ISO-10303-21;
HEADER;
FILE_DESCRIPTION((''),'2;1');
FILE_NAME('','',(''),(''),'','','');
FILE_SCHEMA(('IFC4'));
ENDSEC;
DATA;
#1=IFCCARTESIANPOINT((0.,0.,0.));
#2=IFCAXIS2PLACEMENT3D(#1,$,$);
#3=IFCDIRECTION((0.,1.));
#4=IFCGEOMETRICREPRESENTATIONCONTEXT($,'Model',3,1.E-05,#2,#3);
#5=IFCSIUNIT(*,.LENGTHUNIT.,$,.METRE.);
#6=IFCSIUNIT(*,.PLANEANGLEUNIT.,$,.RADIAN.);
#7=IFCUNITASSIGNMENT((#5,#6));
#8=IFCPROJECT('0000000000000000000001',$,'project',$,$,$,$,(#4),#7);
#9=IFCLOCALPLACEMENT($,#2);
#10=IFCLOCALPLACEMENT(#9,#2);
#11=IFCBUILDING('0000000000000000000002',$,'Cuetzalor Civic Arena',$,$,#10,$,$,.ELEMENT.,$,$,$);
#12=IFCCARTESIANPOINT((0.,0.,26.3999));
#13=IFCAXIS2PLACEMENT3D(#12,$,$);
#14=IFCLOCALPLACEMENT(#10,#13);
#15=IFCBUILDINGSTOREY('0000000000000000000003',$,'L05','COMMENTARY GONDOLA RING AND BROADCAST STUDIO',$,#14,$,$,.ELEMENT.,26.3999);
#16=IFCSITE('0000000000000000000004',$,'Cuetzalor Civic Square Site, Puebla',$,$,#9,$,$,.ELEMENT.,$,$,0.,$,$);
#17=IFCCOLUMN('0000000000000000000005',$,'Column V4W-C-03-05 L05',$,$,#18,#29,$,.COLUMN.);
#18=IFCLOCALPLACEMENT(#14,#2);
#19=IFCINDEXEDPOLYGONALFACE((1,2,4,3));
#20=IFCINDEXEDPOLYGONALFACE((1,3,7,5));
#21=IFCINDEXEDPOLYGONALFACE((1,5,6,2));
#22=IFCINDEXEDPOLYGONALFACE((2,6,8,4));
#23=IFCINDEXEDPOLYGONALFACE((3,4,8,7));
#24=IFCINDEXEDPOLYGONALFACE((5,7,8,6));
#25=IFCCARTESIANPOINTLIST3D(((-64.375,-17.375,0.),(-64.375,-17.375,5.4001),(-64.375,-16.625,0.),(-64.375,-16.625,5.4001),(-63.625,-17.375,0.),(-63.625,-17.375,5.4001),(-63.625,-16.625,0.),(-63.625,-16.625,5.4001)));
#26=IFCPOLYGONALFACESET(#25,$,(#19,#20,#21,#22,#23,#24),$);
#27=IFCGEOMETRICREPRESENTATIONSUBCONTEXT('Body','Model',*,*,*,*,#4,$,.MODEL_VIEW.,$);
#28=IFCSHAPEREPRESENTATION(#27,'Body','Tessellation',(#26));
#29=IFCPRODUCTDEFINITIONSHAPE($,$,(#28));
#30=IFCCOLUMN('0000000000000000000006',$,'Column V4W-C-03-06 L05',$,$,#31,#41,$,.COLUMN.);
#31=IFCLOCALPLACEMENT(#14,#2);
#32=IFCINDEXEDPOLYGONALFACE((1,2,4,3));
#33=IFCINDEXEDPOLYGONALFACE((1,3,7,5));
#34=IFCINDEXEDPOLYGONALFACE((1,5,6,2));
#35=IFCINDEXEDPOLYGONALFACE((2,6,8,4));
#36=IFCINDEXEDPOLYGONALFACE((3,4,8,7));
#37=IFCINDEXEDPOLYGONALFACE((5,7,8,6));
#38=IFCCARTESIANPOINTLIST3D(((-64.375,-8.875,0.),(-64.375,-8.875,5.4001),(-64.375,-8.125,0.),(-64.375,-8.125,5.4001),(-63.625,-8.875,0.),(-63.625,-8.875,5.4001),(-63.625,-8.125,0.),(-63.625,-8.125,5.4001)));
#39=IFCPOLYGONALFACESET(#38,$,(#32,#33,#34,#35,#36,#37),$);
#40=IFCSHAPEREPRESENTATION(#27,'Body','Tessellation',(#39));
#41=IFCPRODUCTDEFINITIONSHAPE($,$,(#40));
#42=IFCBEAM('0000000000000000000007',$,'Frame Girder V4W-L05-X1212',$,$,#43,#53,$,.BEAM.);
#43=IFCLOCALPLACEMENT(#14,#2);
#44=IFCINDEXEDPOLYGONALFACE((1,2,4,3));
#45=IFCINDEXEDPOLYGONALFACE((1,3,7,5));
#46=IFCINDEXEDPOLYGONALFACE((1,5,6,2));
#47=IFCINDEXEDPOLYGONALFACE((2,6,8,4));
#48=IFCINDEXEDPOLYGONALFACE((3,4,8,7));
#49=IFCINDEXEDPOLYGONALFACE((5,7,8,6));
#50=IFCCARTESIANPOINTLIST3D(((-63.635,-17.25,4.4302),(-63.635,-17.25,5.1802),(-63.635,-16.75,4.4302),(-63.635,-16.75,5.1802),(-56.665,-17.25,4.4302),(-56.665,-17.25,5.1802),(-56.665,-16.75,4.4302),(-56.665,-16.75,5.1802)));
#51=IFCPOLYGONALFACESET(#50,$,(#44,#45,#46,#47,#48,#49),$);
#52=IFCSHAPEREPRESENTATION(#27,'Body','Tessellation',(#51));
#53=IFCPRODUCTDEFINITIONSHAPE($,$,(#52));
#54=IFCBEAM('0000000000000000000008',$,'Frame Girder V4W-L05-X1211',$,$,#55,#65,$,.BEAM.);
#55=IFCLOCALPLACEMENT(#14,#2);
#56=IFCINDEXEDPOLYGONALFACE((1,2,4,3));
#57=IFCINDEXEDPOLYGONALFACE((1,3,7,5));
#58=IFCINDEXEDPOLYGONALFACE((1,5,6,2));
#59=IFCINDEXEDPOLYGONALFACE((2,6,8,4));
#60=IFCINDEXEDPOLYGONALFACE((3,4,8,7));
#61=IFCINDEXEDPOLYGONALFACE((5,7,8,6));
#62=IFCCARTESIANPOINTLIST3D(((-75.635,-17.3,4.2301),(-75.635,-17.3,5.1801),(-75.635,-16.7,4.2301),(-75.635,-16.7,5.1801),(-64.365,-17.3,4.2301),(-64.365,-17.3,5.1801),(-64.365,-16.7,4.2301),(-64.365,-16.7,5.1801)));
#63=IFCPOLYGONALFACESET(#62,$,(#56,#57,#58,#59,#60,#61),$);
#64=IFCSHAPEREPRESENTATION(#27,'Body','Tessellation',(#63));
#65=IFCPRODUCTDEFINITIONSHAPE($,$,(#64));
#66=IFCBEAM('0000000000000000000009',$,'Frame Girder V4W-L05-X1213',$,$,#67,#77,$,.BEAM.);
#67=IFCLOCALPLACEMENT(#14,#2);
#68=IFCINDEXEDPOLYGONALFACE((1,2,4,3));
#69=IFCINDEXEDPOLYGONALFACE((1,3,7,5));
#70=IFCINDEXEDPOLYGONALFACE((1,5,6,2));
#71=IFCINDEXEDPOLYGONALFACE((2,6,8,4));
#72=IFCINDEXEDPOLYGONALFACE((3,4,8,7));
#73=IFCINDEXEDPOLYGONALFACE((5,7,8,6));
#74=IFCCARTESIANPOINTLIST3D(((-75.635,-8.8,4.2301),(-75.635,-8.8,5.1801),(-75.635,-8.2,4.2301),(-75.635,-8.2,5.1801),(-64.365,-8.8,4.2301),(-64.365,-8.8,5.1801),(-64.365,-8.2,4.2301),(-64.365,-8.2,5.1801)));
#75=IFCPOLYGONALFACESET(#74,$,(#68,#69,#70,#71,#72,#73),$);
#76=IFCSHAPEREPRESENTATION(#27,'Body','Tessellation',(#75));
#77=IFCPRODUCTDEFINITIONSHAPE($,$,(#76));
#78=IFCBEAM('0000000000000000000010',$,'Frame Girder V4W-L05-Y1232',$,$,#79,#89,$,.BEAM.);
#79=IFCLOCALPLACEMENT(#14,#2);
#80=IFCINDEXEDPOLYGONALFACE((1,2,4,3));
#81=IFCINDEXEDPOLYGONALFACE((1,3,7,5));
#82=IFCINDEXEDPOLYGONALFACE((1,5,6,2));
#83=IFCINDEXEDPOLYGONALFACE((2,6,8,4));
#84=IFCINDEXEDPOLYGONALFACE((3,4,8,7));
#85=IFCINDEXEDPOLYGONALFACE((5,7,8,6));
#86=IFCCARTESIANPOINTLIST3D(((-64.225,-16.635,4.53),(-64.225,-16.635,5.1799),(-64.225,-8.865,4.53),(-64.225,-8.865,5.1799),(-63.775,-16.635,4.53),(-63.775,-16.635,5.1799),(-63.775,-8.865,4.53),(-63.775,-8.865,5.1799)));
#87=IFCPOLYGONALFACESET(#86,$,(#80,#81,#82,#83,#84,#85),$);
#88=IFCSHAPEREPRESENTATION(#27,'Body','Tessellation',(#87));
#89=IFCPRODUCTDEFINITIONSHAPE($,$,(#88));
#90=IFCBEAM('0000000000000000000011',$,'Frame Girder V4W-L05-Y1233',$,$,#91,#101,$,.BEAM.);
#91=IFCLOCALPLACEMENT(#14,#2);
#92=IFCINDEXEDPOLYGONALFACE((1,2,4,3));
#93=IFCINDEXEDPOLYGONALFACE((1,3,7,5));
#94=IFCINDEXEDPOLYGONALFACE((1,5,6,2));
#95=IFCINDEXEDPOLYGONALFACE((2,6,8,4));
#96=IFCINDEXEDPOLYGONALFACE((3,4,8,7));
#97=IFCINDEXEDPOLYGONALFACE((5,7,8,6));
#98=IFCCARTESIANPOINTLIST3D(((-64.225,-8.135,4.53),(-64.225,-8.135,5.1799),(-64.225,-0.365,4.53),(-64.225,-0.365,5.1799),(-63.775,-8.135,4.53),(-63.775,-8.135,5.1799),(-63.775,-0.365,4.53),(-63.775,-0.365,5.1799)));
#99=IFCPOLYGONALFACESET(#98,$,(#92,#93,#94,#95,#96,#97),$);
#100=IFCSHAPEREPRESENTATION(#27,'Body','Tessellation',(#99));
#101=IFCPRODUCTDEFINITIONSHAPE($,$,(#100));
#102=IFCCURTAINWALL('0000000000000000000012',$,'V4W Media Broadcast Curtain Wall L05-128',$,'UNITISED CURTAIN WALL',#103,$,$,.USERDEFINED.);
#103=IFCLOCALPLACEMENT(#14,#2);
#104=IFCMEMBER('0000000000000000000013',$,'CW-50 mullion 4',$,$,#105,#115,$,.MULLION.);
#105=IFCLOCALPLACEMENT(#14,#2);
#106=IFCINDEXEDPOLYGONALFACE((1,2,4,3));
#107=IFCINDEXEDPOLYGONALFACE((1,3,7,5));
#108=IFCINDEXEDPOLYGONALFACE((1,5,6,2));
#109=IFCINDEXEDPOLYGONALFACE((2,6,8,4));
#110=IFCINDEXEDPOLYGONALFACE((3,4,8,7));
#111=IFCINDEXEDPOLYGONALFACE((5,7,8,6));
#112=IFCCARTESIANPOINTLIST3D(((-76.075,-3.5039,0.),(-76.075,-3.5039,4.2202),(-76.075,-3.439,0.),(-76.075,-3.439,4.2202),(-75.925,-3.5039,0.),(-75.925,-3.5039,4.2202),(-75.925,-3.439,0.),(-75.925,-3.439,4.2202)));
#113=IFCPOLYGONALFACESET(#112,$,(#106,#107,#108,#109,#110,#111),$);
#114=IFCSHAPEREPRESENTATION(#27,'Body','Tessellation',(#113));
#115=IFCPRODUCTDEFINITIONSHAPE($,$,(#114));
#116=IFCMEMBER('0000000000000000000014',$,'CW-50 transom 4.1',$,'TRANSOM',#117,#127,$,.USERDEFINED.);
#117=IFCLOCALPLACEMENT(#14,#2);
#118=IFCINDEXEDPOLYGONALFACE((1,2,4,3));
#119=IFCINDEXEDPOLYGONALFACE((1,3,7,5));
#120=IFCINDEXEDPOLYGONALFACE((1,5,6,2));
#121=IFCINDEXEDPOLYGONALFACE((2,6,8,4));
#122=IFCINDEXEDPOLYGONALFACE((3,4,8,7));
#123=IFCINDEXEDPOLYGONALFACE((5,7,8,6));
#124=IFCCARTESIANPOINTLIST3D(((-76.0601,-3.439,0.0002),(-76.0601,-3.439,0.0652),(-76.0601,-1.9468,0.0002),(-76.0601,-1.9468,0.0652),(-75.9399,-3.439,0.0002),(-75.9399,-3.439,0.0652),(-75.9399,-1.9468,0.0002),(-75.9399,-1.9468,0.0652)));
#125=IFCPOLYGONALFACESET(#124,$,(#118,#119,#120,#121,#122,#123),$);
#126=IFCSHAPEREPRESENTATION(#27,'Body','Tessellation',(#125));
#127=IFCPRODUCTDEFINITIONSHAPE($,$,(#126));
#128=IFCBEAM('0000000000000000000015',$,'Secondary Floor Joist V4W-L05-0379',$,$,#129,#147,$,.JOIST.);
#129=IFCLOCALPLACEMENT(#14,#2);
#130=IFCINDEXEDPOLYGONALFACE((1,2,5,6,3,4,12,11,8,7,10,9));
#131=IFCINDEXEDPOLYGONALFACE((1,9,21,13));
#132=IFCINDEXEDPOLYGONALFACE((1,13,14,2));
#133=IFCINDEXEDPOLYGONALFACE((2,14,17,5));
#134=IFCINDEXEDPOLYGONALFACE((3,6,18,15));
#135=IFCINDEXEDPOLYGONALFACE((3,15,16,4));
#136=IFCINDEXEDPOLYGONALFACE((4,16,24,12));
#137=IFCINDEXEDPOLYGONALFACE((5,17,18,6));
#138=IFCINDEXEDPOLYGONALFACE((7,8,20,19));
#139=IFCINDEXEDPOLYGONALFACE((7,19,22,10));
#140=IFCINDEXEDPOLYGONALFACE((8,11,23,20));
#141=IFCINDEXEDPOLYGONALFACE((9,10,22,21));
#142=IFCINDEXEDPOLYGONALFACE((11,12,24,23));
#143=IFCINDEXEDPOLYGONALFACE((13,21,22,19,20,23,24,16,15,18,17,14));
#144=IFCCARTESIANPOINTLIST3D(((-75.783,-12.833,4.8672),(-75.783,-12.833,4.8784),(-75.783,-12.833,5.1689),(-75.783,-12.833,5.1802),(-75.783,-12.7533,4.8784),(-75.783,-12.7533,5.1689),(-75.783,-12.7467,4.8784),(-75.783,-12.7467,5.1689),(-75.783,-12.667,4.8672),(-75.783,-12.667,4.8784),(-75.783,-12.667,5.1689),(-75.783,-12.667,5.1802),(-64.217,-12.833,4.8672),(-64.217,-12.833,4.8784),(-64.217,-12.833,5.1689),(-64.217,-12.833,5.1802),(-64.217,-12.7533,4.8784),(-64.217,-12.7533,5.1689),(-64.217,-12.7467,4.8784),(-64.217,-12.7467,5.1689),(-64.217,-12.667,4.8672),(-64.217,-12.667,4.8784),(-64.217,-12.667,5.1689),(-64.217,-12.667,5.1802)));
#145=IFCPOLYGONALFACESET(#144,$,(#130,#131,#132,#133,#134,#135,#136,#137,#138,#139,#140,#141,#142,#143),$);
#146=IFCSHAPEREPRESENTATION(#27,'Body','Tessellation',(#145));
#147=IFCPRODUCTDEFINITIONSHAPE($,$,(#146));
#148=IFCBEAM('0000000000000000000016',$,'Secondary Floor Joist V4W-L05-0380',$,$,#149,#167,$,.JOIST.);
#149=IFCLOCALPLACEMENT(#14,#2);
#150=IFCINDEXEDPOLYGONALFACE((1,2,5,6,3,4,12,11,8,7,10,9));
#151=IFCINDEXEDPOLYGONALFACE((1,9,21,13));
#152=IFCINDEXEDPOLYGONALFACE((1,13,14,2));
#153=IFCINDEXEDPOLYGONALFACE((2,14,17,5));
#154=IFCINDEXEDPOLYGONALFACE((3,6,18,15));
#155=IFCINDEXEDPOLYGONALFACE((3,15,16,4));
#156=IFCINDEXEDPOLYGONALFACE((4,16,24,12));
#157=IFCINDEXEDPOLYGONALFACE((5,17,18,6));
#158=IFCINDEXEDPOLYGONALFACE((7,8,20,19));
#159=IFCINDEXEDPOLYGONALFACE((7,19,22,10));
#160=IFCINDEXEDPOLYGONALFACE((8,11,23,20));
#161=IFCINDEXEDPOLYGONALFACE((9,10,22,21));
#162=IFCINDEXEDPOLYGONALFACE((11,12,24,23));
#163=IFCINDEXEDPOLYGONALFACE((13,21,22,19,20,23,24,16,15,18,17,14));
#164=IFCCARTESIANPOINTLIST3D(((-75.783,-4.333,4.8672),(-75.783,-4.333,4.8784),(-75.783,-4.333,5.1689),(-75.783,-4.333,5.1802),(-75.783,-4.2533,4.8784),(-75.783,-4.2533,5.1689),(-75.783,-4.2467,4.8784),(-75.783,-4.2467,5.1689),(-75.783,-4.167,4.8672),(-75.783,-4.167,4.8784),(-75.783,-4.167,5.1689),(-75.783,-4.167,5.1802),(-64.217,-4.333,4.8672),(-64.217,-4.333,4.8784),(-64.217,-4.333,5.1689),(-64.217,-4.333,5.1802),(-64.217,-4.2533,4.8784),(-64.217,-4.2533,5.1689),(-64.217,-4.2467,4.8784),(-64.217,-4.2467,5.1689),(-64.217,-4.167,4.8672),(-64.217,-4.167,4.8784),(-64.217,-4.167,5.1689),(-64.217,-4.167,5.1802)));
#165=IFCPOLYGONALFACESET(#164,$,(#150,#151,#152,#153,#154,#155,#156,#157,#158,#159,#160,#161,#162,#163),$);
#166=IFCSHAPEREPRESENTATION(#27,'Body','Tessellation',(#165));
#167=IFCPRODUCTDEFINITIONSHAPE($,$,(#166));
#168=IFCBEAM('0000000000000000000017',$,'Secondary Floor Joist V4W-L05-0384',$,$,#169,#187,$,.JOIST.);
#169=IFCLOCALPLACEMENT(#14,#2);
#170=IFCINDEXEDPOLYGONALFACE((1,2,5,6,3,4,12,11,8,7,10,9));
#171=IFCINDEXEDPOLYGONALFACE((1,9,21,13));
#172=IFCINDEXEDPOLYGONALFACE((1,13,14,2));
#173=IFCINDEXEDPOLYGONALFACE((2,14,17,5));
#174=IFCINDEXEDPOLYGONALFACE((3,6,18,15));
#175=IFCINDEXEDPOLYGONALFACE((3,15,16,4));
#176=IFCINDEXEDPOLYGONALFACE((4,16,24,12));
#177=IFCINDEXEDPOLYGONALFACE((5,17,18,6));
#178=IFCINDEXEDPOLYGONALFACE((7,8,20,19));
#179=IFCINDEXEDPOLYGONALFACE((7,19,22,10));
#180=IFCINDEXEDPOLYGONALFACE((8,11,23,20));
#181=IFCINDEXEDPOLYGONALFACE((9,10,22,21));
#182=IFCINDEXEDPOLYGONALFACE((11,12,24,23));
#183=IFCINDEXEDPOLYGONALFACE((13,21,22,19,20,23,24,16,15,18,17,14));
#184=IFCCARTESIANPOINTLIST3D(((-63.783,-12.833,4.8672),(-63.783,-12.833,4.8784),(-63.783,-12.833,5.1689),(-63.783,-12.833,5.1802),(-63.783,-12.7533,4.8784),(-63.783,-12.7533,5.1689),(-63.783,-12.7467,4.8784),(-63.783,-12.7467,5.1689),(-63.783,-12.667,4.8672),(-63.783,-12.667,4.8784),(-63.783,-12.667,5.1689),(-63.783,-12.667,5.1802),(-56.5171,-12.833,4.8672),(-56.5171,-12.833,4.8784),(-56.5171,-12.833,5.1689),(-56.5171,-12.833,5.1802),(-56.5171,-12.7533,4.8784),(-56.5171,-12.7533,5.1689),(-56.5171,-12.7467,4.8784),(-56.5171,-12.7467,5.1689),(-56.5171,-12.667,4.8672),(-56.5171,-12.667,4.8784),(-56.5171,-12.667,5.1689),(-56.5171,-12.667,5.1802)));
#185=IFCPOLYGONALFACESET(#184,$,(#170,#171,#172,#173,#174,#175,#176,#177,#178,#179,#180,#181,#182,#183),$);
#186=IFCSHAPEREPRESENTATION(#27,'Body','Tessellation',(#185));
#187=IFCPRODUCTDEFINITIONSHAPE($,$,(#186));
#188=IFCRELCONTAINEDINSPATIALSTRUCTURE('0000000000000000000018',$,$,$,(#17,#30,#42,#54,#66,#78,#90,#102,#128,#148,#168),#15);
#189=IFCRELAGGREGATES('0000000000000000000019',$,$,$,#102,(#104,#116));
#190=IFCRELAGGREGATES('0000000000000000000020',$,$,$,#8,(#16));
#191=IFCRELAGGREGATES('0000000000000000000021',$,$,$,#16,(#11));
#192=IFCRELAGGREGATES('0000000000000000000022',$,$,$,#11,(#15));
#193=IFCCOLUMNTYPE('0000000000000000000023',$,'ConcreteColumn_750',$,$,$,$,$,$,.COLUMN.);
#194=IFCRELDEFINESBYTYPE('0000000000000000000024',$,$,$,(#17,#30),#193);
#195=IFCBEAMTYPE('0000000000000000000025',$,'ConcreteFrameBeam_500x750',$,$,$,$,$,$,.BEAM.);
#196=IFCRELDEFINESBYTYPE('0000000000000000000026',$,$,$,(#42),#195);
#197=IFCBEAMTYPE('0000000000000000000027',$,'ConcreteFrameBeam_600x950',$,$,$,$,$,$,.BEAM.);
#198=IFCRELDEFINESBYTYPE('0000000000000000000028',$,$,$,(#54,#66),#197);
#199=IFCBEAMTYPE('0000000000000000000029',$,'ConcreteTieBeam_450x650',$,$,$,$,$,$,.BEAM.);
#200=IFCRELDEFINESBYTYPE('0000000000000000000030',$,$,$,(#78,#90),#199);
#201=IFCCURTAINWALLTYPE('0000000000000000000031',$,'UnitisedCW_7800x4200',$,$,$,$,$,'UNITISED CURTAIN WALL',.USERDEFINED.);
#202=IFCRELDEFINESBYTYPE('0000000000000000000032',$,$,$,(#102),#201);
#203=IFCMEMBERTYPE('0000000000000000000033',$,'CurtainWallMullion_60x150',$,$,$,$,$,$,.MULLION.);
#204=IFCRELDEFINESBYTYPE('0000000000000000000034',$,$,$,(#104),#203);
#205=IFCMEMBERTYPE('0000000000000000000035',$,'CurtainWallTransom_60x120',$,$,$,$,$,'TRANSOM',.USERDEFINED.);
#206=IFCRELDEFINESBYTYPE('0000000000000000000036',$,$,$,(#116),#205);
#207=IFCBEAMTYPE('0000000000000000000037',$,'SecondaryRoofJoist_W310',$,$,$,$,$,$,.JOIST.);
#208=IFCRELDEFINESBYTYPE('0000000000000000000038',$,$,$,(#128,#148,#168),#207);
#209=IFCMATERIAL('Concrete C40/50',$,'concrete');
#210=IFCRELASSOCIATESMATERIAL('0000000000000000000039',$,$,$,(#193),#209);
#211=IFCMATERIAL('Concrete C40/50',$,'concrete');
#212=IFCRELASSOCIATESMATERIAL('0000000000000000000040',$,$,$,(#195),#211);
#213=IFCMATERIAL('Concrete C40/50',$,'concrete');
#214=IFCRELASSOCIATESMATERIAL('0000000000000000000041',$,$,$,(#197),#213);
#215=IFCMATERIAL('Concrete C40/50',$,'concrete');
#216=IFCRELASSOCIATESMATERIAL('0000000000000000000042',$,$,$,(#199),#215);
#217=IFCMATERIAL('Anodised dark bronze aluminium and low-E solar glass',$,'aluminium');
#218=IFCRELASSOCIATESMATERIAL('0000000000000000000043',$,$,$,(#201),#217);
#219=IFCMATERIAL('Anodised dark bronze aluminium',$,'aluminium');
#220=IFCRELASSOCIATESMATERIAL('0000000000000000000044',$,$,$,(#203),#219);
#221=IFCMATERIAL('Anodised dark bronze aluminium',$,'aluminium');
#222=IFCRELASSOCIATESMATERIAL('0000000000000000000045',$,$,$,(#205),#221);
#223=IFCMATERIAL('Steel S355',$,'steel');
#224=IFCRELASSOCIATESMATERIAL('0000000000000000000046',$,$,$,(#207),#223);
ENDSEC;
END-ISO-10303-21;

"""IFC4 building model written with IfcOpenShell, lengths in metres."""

from ifc_helpers import new_model, si_unit, direction, frame, origin, origin_2d, place, context, subcontext, project, spatial, rectangle, i_section, extrude, material, material_profile, profile_set, type_object, element, aggregate, save


model = new_model("IFC4")

# Units and contexts
model_context = context("Model", 3, precision=1e-05, world=origin(), true_north=direction((0.0, 1.0)))
body_context = subcontext(model_context, "Body", "Model", "MODEL_VIEW")
ifc_project = project(units=[si_unit("LENGTHUNIT", "METRE"), si_unit("PLANEANGLEUNIT", "RADIAN")], contexts=[model_context])

# Site, building, storey
site_placement = place(None, origin())
site = spatial("IfcSite", under=ifc_project, at=site_placement, Name="Cuetzalor Civic Square Site, Puebla", CompositionType="ELEMENT", RefElevation=0.0)
building_placement = place(site_placement, origin())
building = spatial("IfcBuilding", under=site, at=building_placement, Name="Cuetzalor Civic Arena", CompositionType="ELEMENT")
storey_placement = place(building_placement, frame((0.0, 0.0, 26.3999)))
storey = spatial("IfcBuildingStorey", under=building, at=storey_placement, Name="L05", Description="COMMENTARY GONDOLA RING AND BROADCAST STUDIO", CompositionType="ELEMENT", Elevation=26.3999)

# Columns
ifc_material_1 = material(Name="Concrete C40/50", Category="concrete")
ifc_material_profile_1 = material_profile(ifc_material_1, rectangle(XDim=0.75, YDim=0.75, at=origin_2d()), Name="RC 750x750")
ifc_profile_set_1 = profile_set([ifc_material_profile_1], Name="Concrete C40/50")
column_type = type_object("IfcColumnType", Name="ConcreteColumn_750", PredefinedType="COLUMN", material=ifc_profile_set_1)
for number, where, z_axis, x_axis, name in (
    (1, (-64.0, -17.0, 0.0), (0.0, 0.0, 1.0), (1.0, 0.0, 0.0), "Column V4W-C-03-05 L05"),
    (2, (-64.0, -8.5, 0.0), (0.0, 0.0, 1.0), (1.0, 0.0, 0.0), "Column V4W-C-03-06 L05"),
):
    element("IfcColumn", number, at=place(storey_placement, frame(where, z_axis=z_axis, x_axis=x_axis)), inside=storey, type_object=column_type, Name=name, PredefinedType="COLUMN", context=body_context, shape_type="SweptSolid", body=[
        extrude(rectangle(XDim=0.75, YDim=0.75, at=origin_2d()), origin(), (0.0, 0.0, 1.0), 5.4001),
    ])

# Beams
ifc_material_2 = material(Name="Concrete C40/50", Category="concrete")
ifc_material_profile_2 = material_profile(ifc_material_2, rectangle(XDim=0.5, YDim=0.75, at=origin_2d()), Name="RC 500x750")
ifc_profile_set_2 = profile_set([ifc_material_profile_2], Name="Concrete C40/50")
beam_type_1 = type_object("IfcBeamType", Name="ConcreteFrameBeam_500x750", PredefinedType="BEAM", material=ifc_profile_set_2)
beam_placement = place(storey_placement, frame((-63.635, -17.0, 4.8052), z_axis=(1.0, 0.0, 0.0), x_axis=(0.0, 1.0, 0.0)))
element("IfcBeam", 3, at=beam_placement, inside=storey, type_object=beam_type_1, Name="Frame Girder V4W-L05-X1212", PredefinedType="BEAM", context=body_context, shape_type="SweptSolid", body=[
    extrude(rectangle(XDim=0.5, YDim=0.75, at=origin_2d()), origin(), (0.0, 0.0, 1.0), 6.97),
])
ifc_material_3 = material(Name="Concrete C40/50", Category="concrete")
ifc_material_profile_3 = material_profile(ifc_material_3, rectangle(XDim=0.6001, YDim=0.95, at=origin_2d()), Name="RC 600x950")
ifc_profile_set_3 = profile_set([ifc_material_profile_3], Name="Concrete C40/50")
beam_type_2 = type_object("IfcBeamType", Name="ConcreteFrameBeam_600x950", PredefinedType="BEAM", material=ifc_profile_set_3)
for number, where, z_axis, x_axis, name in (
    (4, (-75.635, -17.0, 4.7051), (1.0, 0.0, 0.0), (0.0, 1.0, 0.0), "Frame Girder V4W-L05-X1211"),
    (5, (-75.635, -8.5, 4.7051), (1.0, 0.0, 0.0), (0.0, 1.0, 0.0), "Frame Girder V4W-L05-X1213"),
):
    element("IfcBeam", number, at=place(storey_placement, frame(where, z_axis=z_axis, x_axis=x_axis)), inside=storey, type_object=beam_type_2, Name=name, PredefinedType="BEAM", context=body_context, shape_type="SweptSolid", body=[
        extrude(rectangle(XDim=0.6001, YDim=0.95, at=origin_2d()), origin(), (0.0, 0.0, 1.0), 11.27),
    ])
ifc_material_4 = material(Name="Concrete C40/50", Category="concrete")
ifc_material_profile_4 = material_profile(ifc_material_4, rectangle(XDim=0.45, YDim=0.6499, at=origin_2d()), Name="RC 450x650")
ifc_profile_set_4 = profile_set([ifc_material_profile_4], Name="Concrete C40/50")
beam_type_3 = type_object("IfcBeamType", Name="ConcreteTieBeam_450x650", PredefinedType="BEAM", material=ifc_profile_set_4)
for number, where, z_axis, x_axis, name in (
    (6, (-64.0, -16.635, 4.855), (0.0, 1.0, 0.0), (-1.0, 0.0, 0.0), "Frame Girder V4W-L05-Y1232"),
    (7, (-64.0, -8.135, 4.855), (0.0, 1.0, 0.0), (-1.0, 0.0, 0.0), "Frame Girder V4W-L05-Y1233"),
):
    element("IfcBeam", number, at=place(storey_placement, frame(where, z_axis=z_axis, x_axis=x_axis)), inside=storey, type_object=beam_type_3, Name=name, PredefinedType="BEAM", context=body_context, shape_type="SweptSolid", body=[
        extrude(rectangle(XDim=0.45, YDim=0.6499, at=origin_2d()), origin(), (0.0, 0.0, 1.0), 7.77),
    ])

# Curtain wall, members
ifc_material_5 = material(Name="Anodised dark bronze aluminium and low-E solar glass", Category="aluminium")
curtain_wall_type = type_object("IfcCurtainWallType", Name="UnitisedCW_7800x4200", ElementType="UNITISED CURTAIN WALL", PredefinedType="USERDEFINED", material=ifc_material_5)
curtain_wall_placement = place(storey_placement, origin())
curtain_wall = element("IfcCurtainWall", 8, at=curtain_wall_placement, inside=storey, type_object=curtain_wall_type, Name="V4W Media Broadcast Curtain Wall L05-128", ObjectType="UNITISED CURTAIN WALL", PredefinedType="USERDEFINED")
ifc_material_6 = material(Name="Anodised dark bronze aluminium", Category="aluminium")
ifc_material_profile_5 = material_profile(ifc_material_6, rectangle(XDim=0.0649, YDim=0.1499, at=origin_2d()), Name="ALU MULLION 65x150")
ifc_profile_set_5 = profile_set([ifc_material_profile_5], Name="Anodised dark bronze aluminium")
member_type_1 = type_object("IfcMemberType", Name="CurtainWallMullion_60x150", PredefinedType="MULLION", material=ifc_profile_set_5)
member_1_placement = place(storey_placement, frame((-76.0, -3.4714, 0.0), z_axis=(0.0, 0.0, 1.0), x_axis=(0.0, 1.0, 0.0)))
member_1 = element("IfcMember", 9, at=member_1_placement, type_object=member_type_1, Name="CW-50 mullion 4", PredefinedType="MULLION", context=body_context, shape_type="SweptSolid", body=[
    extrude(rectangle(XDim=0.0649, YDim=0.1499, at=origin_2d()), origin(), (0.0, 0.0, 1.0), 4.2202),
])
ifc_material_7 = material(Name="Anodised dark bronze aluminium", Category="aluminium")
ifc_material_profile_6 = material_profile(ifc_material_7, rectangle(XDim=0.1201, YDim=0.0649, at=origin_2d()), Name="ALU TRANSOM 65x120")
ifc_profile_set_6 = profile_set([ifc_material_profile_6], Name="Anodised dark bronze aluminium")
member_type_2 = type_object("IfcMemberType", Name="CurtainWallTransom_60x120", ElementType="TRANSOM", PredefinedType="USERDEFINED", material=ifc_profile_set_6)
member_2_placement = place(storey_placement, frame((-76.0, -3.439, 0.0327), z_axis=(0.0, 1.0, 0.0), x_axis=(-1.0, 0.0, 0.0)))
member_2 = element("IfcMember", 10, at=member_2_placement, type_object=member_type_2, Name="CW-50 transom 4.1", ObjectType="TRANSOM", PredefinedType="USERDEFINED", context=body_context, shape_type="SweptSolid", body=[
    extrude(rectangle(XDim=0.1201, YDim=0.0649, at=origin_2d()), origin(), (0.0, 0.0, 1.0), 1.4922),
])
aggregate(curtain_wall, [member_1, member_2])

# Beams
ifc_material_8 = material(Name="Steel S355", Category="steel")
ifc_material_profile_7 = material_profile(ifc_material_8, i_section(OverallWidth=0.166, OverallDepth=0.313, WebThickness=0.0066, FlangeThickness=0.0112, at=origin_2d()), Name="W310x45")
ifc_profile_set_7 = profile_set([ifc_material_profile_7], Name="Steel S355")
beam_type_4 = type_object("IfcBeamType", Name="SecondaryRoofJoist_W310", PredefinedType="JOIST", material=ifc_profile_set_7)
for number, where, z_axis, x_axis, name in (
    (11, (-75.783, -12.75, 5.0237), (1.0, 0.0, 0.0), (0.0, 1.0, 0.0), "Secondary Floor Joist V4W-L05-0379"),
    (12, (-75.783, -4.25, 5.0237), (1.0, 0.0, 0.0), (0.0, 1.0, 0.0), "Secondary Floor Joist V4W-L05-0380"),
):
    element("IfcBeam", number, at=place(storey_placement, frame(where, z_axis=z_axis, x_axis=x_axis)), inside=storey, type_object=beam_type_4, Name=name, PredefinedType="JOIST", context=body_context, shape_type="SweptSolid", body=[
        extrude(i_section(OverallWidth=0.166, OverallDepth=0.313, WebThickness=0.0066, FlangeThickness=0.0112, at=origin_2d()), origin(), (0.0, 0.0, 1.0), 11.5659),
    ])
for number, where, z_axis, x_axis, name in (
    (13, (-63.783, -12.75, 5.0237), (1.0, 0.0, 0.0), (0.0, 1.0, 0.0), "Secondary Floor Joist V4W-L05-0384"),
):
    element("IfcBeam", number, at=place(storey_placement, frame(where, z_axis=z_axis, x_axis=x_axis)), inside=storey, type_object=beam_type_4, Name=name, PredefinedType="JOIST", context=body_context, shape_type="SweptSolid", body=[
        extrude(i_section(OverallWidth=0.166, OverallDepth=0.313, WebThickness=0.0066, FlangeThickness=0.0112, at=origin_2d()), origin(), (0.0, 0.0, 1.0), 7.2659),
    ])

save(model, "model.ifc")
